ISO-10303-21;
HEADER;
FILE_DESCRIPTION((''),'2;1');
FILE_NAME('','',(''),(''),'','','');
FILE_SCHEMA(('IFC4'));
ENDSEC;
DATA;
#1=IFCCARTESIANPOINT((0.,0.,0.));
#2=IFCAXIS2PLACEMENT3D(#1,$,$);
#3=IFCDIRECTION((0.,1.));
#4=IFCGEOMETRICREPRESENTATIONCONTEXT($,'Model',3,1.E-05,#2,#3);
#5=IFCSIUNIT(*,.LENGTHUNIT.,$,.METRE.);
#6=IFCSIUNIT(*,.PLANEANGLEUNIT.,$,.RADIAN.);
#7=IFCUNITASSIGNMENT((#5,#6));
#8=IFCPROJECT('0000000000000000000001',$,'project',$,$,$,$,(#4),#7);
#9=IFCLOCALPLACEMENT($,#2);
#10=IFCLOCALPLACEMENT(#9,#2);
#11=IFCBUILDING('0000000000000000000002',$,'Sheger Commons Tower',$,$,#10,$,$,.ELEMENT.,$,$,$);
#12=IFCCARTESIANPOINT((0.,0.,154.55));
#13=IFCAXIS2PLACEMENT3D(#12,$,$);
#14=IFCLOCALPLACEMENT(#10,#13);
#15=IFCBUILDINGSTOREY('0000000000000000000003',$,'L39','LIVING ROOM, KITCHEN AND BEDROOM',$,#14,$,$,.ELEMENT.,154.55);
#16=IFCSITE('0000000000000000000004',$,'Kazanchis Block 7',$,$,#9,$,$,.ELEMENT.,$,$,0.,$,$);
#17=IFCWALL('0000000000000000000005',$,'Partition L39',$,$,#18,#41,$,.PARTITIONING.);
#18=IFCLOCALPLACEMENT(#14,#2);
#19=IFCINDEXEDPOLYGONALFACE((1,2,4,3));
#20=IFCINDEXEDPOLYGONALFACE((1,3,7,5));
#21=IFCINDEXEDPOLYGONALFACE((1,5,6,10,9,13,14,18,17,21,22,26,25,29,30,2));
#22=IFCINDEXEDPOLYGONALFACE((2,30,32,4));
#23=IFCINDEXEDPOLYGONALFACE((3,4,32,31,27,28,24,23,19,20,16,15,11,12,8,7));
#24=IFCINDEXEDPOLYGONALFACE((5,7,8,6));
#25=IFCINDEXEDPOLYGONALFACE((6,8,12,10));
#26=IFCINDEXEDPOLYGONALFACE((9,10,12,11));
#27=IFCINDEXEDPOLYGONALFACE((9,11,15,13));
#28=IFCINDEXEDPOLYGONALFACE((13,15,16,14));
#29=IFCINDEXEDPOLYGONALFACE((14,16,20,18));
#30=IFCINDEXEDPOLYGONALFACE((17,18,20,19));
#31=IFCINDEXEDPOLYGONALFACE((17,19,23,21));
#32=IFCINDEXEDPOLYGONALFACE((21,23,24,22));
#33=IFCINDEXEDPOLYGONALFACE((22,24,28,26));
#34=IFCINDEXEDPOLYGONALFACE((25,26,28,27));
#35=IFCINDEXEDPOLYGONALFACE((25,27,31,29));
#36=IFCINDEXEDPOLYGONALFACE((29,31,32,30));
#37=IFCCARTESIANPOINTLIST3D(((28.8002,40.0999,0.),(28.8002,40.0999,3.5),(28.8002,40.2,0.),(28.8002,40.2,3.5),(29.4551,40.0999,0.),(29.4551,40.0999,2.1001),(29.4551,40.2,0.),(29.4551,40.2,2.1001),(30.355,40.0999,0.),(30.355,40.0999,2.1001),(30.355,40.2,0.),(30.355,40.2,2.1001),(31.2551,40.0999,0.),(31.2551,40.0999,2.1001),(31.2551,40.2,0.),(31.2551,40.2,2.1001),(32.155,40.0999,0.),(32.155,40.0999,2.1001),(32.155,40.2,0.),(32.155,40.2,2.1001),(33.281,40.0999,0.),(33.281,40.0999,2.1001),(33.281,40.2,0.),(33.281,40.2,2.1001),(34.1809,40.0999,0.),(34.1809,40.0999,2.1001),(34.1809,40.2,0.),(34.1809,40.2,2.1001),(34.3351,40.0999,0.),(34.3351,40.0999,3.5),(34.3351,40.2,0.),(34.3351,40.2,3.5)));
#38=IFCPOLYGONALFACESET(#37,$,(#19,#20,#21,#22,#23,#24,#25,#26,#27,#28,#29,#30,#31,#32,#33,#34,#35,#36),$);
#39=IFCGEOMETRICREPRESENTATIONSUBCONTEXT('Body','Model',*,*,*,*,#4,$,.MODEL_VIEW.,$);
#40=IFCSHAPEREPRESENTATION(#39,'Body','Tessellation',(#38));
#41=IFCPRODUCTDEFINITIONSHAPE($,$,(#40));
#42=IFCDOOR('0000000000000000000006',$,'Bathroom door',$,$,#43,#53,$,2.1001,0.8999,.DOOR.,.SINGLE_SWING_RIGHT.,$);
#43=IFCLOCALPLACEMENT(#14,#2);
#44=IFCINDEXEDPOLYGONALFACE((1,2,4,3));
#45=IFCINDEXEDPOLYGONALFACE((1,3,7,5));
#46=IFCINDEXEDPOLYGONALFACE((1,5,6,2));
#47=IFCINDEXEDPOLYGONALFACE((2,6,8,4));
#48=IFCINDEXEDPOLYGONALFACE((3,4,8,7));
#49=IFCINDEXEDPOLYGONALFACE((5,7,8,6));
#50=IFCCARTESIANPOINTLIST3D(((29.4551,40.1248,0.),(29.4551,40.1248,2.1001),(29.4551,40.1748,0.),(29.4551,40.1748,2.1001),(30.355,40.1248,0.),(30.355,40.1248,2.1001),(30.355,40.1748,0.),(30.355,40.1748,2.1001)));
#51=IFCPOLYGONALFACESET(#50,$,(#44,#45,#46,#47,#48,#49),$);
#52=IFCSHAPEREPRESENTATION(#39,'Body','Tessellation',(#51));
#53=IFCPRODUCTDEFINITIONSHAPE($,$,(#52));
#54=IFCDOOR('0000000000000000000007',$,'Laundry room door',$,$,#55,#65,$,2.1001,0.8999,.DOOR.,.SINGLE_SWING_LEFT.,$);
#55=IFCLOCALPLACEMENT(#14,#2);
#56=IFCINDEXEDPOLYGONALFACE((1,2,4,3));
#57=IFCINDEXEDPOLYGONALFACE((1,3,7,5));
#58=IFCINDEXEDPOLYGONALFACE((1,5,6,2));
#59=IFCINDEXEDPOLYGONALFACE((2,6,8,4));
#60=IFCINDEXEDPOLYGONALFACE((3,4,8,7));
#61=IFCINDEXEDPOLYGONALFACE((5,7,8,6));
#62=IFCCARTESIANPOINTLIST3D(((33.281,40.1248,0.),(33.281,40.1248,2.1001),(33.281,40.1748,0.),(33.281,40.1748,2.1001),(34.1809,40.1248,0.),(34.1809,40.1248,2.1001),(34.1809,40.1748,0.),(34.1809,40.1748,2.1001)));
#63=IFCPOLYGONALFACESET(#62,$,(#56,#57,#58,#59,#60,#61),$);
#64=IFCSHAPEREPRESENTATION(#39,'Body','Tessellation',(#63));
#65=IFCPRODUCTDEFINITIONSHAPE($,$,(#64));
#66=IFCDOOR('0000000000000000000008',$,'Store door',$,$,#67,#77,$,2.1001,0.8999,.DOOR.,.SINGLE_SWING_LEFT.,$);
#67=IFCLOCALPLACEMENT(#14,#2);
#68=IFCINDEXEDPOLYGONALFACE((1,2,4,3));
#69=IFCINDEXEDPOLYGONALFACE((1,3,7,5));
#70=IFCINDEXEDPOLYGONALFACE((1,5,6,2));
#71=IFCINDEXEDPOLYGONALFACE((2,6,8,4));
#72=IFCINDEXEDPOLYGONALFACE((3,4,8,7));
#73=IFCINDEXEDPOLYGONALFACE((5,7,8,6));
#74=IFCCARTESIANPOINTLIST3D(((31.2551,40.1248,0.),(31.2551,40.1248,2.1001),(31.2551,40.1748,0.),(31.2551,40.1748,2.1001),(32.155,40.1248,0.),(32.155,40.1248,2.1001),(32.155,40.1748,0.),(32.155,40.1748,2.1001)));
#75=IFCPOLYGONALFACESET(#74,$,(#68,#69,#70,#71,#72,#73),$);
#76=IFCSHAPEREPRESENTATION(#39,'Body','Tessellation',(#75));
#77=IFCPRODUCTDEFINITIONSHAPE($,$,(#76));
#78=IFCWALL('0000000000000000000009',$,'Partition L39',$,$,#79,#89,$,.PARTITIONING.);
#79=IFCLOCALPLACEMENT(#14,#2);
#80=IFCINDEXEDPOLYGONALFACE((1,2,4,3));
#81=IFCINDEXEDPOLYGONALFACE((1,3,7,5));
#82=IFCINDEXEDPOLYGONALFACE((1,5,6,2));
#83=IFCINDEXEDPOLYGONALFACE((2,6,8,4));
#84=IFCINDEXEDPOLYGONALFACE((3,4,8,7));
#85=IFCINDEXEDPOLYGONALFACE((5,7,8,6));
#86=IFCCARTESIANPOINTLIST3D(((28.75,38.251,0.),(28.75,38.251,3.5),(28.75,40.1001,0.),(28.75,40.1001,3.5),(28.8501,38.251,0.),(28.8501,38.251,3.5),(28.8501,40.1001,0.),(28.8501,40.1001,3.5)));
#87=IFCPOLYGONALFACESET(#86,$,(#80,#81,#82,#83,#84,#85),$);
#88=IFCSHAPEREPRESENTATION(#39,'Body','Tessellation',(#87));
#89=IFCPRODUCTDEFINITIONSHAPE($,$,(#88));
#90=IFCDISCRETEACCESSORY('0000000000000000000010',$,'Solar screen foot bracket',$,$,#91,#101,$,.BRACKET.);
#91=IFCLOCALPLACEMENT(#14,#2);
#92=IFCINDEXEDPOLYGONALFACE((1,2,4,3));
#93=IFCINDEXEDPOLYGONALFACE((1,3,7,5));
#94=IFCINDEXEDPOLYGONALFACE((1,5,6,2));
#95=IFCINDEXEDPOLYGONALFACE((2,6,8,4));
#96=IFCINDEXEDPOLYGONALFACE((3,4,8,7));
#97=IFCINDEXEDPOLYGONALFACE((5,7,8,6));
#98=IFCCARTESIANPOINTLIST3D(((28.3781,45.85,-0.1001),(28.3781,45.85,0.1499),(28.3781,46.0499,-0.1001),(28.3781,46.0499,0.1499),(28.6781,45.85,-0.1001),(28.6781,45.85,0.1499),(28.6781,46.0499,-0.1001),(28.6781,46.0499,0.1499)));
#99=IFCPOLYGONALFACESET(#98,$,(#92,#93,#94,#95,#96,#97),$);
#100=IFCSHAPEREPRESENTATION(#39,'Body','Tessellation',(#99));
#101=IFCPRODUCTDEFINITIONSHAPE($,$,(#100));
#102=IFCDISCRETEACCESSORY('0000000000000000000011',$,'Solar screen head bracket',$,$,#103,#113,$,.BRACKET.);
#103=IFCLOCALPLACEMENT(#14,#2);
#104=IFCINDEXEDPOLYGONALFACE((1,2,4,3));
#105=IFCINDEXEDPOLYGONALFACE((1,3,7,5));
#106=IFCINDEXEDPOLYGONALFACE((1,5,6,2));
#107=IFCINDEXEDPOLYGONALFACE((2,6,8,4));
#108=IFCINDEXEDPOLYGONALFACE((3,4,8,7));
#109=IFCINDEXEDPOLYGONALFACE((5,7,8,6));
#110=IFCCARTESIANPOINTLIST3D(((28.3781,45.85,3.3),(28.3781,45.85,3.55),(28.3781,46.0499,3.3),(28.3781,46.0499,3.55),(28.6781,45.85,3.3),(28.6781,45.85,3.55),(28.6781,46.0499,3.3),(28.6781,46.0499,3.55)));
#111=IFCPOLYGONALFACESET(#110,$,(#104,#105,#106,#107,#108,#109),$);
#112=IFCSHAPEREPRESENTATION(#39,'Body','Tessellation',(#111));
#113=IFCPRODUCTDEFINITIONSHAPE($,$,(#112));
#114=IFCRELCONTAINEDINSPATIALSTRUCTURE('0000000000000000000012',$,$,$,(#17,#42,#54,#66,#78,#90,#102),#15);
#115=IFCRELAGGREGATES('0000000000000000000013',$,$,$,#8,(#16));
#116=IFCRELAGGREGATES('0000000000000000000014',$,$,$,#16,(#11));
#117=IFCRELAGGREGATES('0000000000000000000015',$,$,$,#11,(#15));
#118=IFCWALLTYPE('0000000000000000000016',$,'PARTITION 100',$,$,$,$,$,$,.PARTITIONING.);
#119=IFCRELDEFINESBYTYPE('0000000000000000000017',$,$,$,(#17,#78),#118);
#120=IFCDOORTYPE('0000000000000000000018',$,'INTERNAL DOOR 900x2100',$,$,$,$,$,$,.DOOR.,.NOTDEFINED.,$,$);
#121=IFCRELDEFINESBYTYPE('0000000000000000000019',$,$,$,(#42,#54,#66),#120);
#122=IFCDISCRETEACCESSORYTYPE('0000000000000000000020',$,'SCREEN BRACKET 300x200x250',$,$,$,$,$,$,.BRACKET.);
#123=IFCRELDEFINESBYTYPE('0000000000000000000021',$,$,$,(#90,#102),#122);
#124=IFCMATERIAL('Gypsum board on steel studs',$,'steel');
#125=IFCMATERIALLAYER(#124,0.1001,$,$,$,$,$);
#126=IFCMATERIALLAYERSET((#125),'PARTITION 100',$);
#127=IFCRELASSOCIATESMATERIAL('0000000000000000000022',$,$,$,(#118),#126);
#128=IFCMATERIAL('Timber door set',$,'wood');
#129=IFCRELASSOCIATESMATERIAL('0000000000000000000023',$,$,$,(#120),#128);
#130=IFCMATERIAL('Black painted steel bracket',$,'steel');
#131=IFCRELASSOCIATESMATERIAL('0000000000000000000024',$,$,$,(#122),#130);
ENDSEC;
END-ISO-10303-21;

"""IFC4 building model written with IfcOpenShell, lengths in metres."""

from ifc_helpers import new_model, si_unit, direction, frame, frame_2d, origin, origin_2d, place, context, subcontext, project, spatial, rectangle, extrude, material, layer, layer_set, type_object, element, fill, save


model = new_model("IFC4")

# Units and contexts
model_context = context("Model", 3, precision=1e-05, world=origin(), true_north=direction((0.0, 1.0)))
body_context = subcontext(model_context, "Body", "Model", "MODEL_VIEW")
ifc_project = project(units=[si_unit("LENGTHUNIT", "METRE"), si_unit("PLANEANGLEUNIT", "RADIAN")], contexts=[model_context])

# Site, building, storey
site_placement = place(None, origin())
site = spatial("IfcSite", under=ifc_project, at=site_placement, Name="Kazanchis Block 7", CompositionType="ELEMENT", RefElevation=0.0)
building_placement = place(site_placement, origin())
building = spatial("IfcBuilding", under=site, at=building_placement, Name="Sheger Commons Tower", CompositionType="ELEMENT")
storey_placement = place(building_placement, frame((0.0, 0.0, 154.55)))
storey = spatial("IfcBuildingStorey", under=building, at=storey_placement, Name="L39", Description="LIVING ROOM, KITCHEN AND BEDROOM", CompositionType="ELEMENT", Elevation=154.55)

# Shared definitions
ifc_material_1 = material(Name="Gypsum board on steel studs", Category="steel")
ifc_layer_1 = layer(ifc_material_1, 0.1001)
ifc_layer_set_1 = layer_set([ifc_layer_1], Name="PARTITION 100")
wall_type_1 = type_object("IfcWallType", Name="PARTITION 100", PredefinedType="PARTITIONING", material=ifc_layer_set_1)

# Wall, openings, doors
wall_1_placement = place(storey_placement, frame((28.8, 40.1499, 0.0), z_axis=(0.0, 0.0, 1.0), x_axis=(1.0, 0.0, 0.0)))
wall_1 = element("IfcWall", 1, at=wall_1_placement, inside=storey, type_object=wall_type_1, Name="Partition L39", PredefinedType="PARTITIONING", context=body_context, shape_type="SweptSolid", body=[
    extrude(rectangle(XDim=5.5349, YDim=0.1001, at=frame_2d((2.7676, 0.0))), origin(), (0.0, 0.0, 1.0), 3.5),
])
opening_1_placement = place(wall_1_placement, frame((0.655, 0.0, 0.0)))
opening_1 = element("IfcOpeningElement", 2, at=opening_1_placement, cuts=wall_1, PredefinedType="OPENING", context=body_context, shape_type="SweptSolid", body=[
    extrude(rectangle(XDim=0.8999, YDim=2.1001, at=frame_2d((0.45, 1.05))), frame((0.0, 0.0601, 0.0), z_axis=(0.0, -1.0, 0.0), x_axis=(1.0, 0.0, 0.0)), (0.0, 0.0, 1.0), 0.1201),
])
opening_2_placement = place(wall_1_placement, frame((4.481, 0.0, 0.0)))
opening_2 = element("IfcOpeningElement", 3, at=opening_2_placement, cuts=wall_1, PredefinedType="OPENING", context=body_context, shape_type="SweptSolid", body=[
    extrude(rectangle(XDim=0.8999, YDim=2.1001, at=frame_2d((0.45, 1.05))), frame((0.0, 0.0601, 0.0), z_axis=(0.0, -1.0, 0.0), x_axis=(1.0, 0.0, 0.0)), (0.0, 0.0, 1.0), 0.1201),
])
opening_3_placement = place(wall_1_placement, frame((2.4551, 0.0, 0.0)))
opening_3 = element("IfcOpeningElement", 4, at=opening_3_placement, cuts=wall_1, PredefinedType="OPENING", context=body_context, shape_type="SweptSolid", body=[
    extrude(rectangle(XDim=0.8999, YDim=2.1001, at=frame_2d((0.45, 1.05))), frame((0.0, 0.0601, 0.0), z_axis=(0.0, -1.0, 0.0), x_axis=(1.0, 0.0, 0.0)), (0.0, 0.0, 1.0), 0.1201),
])
ifc_material_2 = material(Name="Timber door set", Category="wood")
door_type = type_object("IfcDoorType", Name="INTERNAL DOOR 900x2100", OperationType="NOTDEFINED", PredefinedType="DOOR", material=ifc_material_2)
door_1_placement = place(opening_1_placement, origin())
door_1 = element("IfcDoor", 5, at=door_1_placement, inside=storey, type_object=door_type, Name="Bathroom door", OperationType="SINGLE_SWING_RIGHT", OverallHeight=2.1001, OverallWidth=0.8999, PredefinedType="DOOR", context=body_context, shape_type="SweptSolid", body=[
    extrude(rectangle(XDim=0.8999, YDim=2.1001, at=frame_2d((0.45, 1.05))), frame((0.0, 0.0249, 0.0), z_axis=(0.0, -1.0, 0.0), x_axis=(1.0, 0.0, 0.0)), (0.0, 0.0, 1.0), 0.05),
])
fill(opening_1, door_1)
door_2_placement = place(opening_2_placement, origin())
door_2 = element("IfcDoor", 6, at=door_2_placement, inside=storey, type_object=door_type, Name="Laundry room door", OperationType="SINGLE_SWING_LEFT", OverallHeight=2.1001, OverallWidth=0.8999, PredefinedType="DOOR", context=body_context, shape_type="SweptSolid", body=[
    extrude(rectangle(XDim=0.8999, YDim=2.1001, at=frame_2d((0.45, 1.05))), frame((0.0, 0.0249, 0.0), z_axis=(0.0, -1.0, 0.0), x_axis=(1.0, 0.0, 0.0)), (0.0, 0.0, 1.0), 0.05),
])
fill(opening_2, door_2)
door_3_placement = place(opening_3_placement, origin())
door_3 = element("IfcDoor", 7, at=door_3_placement, inside=storey, type_object=door_type, Name="Store door", OperationType="SINGLE_SWING_LEFT", OverallHeight=2.1001, OverallWidth=0.8999, PredefinedType="DOOR", context=body_context, shape_type="SweptSolid", body=[
    extrude(rectangle(XDim=0.8999, YDim=2.1001, at=frame_2d((0.45, 1.05))), frame((0.0, 0.0249, 0.0), z_axis=(0.0, -1.0, 0.0), x_axis=(1.0, 0.0, 0.0)), (0.0, 0.0, 1.0), 0.05),
])
fill(opening_3, door_3)

# Wall
wall_2_placement = place(storey_placement, frame((28.8, 38.251, 0.0), z_axis=(0.0, 0.0, 1.0), x_axis=(0.0, 1.0, 0.0)))
element("IfcWall", 8, at=wall_2_placement, inside=storey, type_object=wall_type_1, Name="Partition L39", PredefinedType="PARTITIONING", context=body_context, shape_type="SweptSolid", body=[
    extrude(rectangle(XDim=1.8491, YDim=0.1001, at=frame_2d((0.9246, 0.0))), origin(), (0.0, 0.0, 1.0), 3.5),
])

# Discrete accessories
ifc_material_3 = material(Name="Black painted steel bracket", Category="steel")
discrete_accessory_type = type_object("IfcDiscreteAccessoryType", Name="SCREEN BRACKET 300x200x250", PredefinedType="BRACKET", material=ifc_material_3)
for number, where, z_axis, x_axis, name in (
    (9, (28.5281, 45.95, -0.1001), (0.0, 0.0, 1.0), (-1.0, 0.0, 0.0), "Solar screen foot bracket"),
    (10, (28.5281, 45.95, 3.3), (0.0, 0.0, 1.0), (-1.0, 0.0, 0.0), "Solar screen head bracket"),
):
    element("IfcDiscreteAccessory", number, at=place(storey_placement, frame(where, z_axis=z_axis, x_axis=x_axis)), inside=storey, type_object=discrete_accessory_type, Name=name, PredefinedType="BRACKET", context=body_context, shape_type="SweptSolid", body=[
        extrude(rectangle(XDim=0.3, YDim=0.2, at=origin_2d()), origin(), (0.0, 0.0, 1.0), 0.25),
    ])

save(model, "model.ifc")
